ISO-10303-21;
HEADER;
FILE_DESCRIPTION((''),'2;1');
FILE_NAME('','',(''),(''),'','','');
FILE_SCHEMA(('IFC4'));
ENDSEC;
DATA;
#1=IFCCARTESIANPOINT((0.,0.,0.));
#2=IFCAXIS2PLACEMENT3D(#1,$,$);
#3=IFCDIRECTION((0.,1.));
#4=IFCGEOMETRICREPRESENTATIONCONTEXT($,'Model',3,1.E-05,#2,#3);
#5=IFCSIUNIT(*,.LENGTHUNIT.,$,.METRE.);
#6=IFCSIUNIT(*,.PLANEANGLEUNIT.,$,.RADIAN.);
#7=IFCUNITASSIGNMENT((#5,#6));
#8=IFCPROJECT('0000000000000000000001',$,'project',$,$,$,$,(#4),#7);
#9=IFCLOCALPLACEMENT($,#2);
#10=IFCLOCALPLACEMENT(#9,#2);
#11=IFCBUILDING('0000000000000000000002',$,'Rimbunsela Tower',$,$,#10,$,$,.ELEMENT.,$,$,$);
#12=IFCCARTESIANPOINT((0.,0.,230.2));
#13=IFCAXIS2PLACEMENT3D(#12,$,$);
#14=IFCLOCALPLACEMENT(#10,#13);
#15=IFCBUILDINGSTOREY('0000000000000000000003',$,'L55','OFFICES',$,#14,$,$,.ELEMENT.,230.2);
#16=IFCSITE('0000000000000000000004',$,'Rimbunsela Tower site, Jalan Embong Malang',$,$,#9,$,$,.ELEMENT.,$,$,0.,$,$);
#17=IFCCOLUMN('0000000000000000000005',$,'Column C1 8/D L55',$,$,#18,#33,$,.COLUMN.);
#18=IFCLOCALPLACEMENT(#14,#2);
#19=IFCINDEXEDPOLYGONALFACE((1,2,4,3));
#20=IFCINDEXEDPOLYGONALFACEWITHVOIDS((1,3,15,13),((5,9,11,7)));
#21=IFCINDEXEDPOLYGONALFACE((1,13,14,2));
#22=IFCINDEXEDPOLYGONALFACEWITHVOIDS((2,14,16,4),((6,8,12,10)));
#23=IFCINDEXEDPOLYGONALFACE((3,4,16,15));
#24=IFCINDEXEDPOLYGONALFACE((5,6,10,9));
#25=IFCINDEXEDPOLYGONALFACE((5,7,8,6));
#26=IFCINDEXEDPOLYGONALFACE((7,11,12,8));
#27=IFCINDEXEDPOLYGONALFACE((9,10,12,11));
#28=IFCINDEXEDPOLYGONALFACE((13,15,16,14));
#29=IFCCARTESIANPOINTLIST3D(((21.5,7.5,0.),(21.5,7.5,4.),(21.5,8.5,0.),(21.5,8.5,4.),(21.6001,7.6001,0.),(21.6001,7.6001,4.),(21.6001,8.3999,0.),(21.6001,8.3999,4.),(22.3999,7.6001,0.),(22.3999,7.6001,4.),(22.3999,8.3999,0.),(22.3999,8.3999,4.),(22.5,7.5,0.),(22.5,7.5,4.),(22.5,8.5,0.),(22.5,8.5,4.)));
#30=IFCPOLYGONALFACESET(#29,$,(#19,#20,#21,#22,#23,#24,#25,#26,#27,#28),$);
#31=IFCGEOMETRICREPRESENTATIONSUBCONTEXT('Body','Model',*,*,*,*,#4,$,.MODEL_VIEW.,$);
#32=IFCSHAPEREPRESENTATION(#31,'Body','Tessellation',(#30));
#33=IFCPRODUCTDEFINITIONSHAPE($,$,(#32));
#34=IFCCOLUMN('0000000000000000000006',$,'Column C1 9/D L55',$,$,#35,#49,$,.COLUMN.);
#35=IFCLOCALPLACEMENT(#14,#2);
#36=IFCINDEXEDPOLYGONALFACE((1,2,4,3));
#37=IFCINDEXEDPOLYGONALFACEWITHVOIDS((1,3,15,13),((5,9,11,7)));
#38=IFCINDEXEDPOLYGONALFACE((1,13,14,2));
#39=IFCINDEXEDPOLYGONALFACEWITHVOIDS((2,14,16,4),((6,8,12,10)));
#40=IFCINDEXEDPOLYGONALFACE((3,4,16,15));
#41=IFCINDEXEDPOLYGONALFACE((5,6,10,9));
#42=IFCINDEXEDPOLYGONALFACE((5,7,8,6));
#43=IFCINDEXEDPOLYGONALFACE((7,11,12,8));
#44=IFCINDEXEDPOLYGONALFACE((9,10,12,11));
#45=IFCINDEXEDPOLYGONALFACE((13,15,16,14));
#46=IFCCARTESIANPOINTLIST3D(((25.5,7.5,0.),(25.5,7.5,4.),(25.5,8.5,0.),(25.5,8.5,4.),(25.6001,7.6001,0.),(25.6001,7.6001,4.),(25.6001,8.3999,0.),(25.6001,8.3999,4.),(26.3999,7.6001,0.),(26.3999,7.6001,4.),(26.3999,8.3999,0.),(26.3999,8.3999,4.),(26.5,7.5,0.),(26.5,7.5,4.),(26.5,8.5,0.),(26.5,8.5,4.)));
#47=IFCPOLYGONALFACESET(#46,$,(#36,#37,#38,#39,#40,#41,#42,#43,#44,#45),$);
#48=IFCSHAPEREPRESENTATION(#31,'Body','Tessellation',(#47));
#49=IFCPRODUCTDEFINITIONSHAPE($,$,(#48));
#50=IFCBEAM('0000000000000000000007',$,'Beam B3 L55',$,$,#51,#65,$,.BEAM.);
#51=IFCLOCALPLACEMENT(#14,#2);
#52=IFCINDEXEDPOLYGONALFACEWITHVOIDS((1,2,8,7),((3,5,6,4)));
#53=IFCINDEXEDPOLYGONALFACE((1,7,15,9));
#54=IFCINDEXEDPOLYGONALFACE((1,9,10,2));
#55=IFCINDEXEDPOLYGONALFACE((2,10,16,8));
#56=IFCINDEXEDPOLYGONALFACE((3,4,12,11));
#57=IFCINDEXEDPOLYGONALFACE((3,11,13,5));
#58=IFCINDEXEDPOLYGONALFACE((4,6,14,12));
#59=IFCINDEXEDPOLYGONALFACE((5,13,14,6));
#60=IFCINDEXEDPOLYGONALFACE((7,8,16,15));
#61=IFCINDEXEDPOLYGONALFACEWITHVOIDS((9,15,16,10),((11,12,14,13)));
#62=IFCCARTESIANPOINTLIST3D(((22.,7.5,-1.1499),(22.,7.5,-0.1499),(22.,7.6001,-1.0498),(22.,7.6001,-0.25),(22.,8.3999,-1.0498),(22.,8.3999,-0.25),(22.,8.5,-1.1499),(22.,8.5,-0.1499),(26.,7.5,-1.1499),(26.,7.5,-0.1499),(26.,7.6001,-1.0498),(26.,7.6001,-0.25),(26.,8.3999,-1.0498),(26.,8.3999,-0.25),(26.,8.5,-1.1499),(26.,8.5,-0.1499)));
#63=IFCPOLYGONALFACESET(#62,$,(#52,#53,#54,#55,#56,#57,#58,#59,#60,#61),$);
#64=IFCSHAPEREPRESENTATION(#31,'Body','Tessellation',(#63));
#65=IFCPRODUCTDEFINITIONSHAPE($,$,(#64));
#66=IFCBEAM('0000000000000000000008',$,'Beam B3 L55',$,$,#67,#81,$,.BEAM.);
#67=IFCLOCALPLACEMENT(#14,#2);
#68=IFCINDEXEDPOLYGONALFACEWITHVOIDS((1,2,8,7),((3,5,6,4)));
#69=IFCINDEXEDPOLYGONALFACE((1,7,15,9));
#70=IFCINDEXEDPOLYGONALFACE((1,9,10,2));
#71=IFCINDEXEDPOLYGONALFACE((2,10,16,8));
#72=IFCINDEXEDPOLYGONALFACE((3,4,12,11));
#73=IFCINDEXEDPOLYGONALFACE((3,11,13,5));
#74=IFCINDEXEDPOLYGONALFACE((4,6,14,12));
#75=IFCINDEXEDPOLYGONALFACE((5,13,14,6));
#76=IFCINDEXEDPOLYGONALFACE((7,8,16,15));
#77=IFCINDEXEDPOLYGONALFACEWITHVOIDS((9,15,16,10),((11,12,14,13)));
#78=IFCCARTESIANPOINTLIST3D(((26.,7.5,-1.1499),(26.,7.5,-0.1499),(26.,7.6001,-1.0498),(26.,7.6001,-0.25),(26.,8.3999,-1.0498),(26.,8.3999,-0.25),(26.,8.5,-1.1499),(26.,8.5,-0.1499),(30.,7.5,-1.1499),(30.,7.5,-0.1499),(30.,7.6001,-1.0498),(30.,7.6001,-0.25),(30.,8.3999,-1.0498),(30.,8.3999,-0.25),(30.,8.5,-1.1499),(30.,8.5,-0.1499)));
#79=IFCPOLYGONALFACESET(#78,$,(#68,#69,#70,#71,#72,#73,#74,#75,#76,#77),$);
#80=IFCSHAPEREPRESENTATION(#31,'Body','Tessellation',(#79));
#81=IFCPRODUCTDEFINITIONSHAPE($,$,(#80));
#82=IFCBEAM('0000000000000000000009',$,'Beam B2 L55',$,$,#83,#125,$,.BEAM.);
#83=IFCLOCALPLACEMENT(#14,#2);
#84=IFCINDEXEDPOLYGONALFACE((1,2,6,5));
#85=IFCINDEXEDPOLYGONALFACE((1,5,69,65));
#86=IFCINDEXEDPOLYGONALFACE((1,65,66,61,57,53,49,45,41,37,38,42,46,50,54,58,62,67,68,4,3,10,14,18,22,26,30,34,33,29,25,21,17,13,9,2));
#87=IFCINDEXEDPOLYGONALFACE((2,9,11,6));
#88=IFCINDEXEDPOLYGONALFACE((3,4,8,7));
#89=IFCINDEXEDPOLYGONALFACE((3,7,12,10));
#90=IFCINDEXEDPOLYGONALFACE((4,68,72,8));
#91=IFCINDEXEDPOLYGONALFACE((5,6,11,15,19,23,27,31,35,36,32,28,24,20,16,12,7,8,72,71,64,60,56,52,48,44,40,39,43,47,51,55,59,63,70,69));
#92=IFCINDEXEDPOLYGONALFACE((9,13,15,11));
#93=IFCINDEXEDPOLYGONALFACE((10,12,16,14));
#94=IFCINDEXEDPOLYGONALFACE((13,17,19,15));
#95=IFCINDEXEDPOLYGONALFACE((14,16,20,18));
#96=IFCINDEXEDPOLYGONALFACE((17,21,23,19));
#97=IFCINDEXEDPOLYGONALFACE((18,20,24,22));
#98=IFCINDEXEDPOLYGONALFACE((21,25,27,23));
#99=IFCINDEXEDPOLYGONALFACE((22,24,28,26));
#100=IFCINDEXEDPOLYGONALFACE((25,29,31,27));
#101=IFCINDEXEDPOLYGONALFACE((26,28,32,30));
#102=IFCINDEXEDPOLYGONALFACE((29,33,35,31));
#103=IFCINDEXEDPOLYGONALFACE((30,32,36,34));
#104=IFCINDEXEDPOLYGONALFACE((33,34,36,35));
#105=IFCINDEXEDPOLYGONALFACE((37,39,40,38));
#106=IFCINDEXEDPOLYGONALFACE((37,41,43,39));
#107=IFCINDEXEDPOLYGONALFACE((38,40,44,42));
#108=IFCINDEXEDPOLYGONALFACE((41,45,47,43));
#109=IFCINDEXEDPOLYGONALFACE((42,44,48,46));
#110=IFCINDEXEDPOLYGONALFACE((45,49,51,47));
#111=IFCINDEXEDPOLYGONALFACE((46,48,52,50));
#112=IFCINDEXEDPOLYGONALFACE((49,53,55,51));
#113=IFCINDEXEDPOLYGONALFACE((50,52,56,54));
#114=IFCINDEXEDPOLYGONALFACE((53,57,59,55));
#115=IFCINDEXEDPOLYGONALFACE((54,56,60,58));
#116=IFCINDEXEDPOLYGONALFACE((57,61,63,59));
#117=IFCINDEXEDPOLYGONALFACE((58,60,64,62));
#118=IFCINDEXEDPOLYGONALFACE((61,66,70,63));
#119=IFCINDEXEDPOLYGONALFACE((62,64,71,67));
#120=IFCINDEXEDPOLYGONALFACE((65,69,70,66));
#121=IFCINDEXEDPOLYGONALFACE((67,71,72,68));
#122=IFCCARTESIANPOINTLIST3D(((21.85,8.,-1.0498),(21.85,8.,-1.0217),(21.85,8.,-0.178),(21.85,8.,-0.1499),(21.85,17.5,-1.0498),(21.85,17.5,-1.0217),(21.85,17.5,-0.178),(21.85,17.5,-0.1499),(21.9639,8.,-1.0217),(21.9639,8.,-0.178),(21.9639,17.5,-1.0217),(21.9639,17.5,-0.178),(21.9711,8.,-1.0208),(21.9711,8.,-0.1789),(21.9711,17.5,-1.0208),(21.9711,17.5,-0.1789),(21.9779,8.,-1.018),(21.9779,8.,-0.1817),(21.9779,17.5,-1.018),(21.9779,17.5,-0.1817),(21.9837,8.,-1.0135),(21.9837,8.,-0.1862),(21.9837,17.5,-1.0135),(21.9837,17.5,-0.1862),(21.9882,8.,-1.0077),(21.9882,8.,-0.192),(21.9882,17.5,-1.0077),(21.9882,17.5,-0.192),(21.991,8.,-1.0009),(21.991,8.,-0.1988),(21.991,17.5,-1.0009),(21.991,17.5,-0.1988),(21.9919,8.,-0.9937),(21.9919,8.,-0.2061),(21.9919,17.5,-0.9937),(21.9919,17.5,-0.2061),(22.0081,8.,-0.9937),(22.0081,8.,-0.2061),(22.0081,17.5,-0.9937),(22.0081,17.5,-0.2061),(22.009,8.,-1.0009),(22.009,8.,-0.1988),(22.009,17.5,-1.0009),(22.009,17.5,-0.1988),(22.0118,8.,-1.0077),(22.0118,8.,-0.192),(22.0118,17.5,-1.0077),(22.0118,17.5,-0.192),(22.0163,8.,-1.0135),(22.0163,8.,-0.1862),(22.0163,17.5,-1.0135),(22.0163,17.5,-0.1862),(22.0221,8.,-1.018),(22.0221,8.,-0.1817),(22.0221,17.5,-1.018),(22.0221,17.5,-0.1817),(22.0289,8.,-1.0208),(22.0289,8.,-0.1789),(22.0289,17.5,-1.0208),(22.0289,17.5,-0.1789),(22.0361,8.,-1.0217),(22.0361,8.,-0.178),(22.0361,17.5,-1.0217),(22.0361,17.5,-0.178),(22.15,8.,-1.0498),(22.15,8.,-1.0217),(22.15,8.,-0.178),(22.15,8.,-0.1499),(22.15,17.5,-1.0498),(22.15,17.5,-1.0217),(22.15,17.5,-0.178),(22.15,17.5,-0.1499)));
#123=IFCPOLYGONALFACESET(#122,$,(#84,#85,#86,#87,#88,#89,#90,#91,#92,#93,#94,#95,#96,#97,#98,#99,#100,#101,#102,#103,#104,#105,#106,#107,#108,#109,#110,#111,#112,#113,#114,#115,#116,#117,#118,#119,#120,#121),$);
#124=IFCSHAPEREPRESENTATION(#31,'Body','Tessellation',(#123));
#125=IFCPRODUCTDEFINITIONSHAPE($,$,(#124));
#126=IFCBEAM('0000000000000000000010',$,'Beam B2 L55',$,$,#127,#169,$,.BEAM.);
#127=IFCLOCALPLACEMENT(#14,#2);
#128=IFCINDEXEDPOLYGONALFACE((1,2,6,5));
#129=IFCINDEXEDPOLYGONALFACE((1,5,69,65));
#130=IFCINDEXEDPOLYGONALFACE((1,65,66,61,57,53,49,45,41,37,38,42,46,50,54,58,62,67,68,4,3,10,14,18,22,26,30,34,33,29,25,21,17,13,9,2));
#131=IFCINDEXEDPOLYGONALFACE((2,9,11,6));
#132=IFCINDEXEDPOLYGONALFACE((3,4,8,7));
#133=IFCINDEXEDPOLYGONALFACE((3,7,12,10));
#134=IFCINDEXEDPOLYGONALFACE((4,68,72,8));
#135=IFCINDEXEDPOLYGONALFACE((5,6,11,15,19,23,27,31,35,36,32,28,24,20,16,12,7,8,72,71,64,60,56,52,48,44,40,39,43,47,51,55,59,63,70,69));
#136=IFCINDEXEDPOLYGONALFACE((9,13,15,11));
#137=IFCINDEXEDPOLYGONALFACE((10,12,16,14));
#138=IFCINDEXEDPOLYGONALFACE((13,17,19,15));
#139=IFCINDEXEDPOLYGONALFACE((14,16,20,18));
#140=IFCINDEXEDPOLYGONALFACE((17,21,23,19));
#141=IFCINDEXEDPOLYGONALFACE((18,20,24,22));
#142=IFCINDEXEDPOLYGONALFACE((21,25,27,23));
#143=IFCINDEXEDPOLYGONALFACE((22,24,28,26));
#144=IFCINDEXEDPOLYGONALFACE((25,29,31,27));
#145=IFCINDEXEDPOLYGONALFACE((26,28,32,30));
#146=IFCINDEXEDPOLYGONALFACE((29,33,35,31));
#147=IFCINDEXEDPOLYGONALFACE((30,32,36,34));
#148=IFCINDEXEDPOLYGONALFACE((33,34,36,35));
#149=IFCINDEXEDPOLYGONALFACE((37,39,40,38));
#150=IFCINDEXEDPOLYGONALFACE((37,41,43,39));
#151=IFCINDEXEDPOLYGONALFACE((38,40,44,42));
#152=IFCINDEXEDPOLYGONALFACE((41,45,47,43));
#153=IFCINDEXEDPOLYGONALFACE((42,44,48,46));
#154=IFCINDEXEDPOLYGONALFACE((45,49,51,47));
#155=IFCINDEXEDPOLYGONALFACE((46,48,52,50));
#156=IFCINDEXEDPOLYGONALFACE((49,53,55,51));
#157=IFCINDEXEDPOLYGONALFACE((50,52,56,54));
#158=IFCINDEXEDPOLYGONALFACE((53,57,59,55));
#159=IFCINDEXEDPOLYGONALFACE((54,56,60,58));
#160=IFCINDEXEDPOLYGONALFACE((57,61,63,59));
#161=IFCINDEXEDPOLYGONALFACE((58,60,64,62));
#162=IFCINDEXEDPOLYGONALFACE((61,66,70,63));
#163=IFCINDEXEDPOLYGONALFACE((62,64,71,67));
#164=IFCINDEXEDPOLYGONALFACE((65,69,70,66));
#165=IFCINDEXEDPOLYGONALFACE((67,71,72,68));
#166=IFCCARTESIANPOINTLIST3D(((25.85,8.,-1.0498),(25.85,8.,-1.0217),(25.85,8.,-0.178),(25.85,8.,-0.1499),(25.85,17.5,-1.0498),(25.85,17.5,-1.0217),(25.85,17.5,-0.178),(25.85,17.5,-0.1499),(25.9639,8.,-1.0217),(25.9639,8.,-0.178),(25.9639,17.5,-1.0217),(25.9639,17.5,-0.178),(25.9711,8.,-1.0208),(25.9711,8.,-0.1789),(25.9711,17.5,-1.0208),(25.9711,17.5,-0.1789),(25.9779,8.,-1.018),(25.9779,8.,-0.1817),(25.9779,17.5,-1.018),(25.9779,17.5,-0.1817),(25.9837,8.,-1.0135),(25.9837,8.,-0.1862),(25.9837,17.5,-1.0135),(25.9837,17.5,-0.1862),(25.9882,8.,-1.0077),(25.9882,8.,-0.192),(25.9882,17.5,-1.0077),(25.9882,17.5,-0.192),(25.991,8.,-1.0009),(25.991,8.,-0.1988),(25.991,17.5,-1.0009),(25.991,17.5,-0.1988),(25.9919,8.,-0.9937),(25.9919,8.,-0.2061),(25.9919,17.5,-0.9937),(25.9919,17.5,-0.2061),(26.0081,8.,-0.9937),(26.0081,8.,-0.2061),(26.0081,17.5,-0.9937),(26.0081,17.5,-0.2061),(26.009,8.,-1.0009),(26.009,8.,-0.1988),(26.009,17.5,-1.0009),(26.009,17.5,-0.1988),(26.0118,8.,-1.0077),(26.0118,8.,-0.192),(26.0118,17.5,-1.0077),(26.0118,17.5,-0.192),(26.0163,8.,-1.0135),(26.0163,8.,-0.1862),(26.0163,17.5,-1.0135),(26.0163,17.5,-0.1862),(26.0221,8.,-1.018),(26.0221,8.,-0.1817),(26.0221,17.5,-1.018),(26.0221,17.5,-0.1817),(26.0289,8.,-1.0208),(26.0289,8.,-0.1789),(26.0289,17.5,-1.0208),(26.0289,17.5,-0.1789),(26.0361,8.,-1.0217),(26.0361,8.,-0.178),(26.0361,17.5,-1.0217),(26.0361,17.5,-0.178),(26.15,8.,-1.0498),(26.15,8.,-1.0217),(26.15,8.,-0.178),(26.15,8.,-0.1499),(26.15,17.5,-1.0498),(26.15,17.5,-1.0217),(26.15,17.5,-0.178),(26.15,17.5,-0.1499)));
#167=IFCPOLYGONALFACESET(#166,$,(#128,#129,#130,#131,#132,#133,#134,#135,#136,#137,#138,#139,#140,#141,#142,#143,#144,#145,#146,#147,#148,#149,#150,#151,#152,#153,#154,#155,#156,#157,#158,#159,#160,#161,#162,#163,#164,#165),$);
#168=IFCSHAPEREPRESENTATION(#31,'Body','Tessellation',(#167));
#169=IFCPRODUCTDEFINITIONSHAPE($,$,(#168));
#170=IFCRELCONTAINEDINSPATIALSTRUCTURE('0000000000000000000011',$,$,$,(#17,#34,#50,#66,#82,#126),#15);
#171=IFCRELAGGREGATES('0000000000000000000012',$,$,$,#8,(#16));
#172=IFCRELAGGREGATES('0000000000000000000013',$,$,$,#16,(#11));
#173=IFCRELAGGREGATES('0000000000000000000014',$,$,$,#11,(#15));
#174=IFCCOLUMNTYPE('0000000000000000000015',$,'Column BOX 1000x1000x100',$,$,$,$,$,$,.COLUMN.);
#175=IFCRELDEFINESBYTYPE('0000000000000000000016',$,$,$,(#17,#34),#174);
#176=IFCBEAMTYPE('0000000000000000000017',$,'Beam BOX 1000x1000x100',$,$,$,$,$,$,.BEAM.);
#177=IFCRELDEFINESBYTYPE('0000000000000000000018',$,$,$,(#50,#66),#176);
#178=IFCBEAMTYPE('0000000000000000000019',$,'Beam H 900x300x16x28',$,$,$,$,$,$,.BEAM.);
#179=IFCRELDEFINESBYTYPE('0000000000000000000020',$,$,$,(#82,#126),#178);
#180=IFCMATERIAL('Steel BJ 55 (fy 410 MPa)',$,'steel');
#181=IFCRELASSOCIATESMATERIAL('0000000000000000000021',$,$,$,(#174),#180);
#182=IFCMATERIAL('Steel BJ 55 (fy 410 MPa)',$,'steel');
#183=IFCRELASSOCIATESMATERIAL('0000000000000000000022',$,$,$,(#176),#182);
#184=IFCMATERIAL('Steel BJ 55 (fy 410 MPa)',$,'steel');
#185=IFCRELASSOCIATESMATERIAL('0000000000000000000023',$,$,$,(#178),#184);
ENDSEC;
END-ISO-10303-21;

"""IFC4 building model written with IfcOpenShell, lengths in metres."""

from ifc_helpers import new_model, si_unit, direction, frame, origin, origin_2d, place, context, subcontext, project, spatial, hollow_rectangle, i_section, extrude, material, material_profile, profile_set, type_object, element, save


model = new_model("IFC4")

# Units and contexts
model_context = context("Model", 3, precision=1e-05, world=origin(), true_north=direction((0.0, 1.0)))
body_context = subcontext(model_context, "Body", "Model", "MODEL_VIEW")
ifc_project = project(units=[si_unit("LENGTHUNIT", "METRE"), si_unit("PLANEANGLEUNIT", "RADIAN")], contexts=[model_context])

# Site, building, storey
site_placement = place(None, origin())
site = spatial("IfcSite", under=ifc_project, at=site_placement, Name="Rimbunsela Tower site, Jalan Embong Malang", CompositionType="ELEMENT", RefElevation=0.0)
building_placement = place(site_placement, origin())
building = spatial("IfcBuilding", under=site, at=building_placement, Name="Rimbunsela Tower", CompositionType="ELEMENT")
storey_placement = place(building_placement, frame((0.0, 0.0, 230.2)))
storey = spatial("IfcBuildingStorey", under=building, at=storey_placement, Name="L55", Description="OFFICES", CompositionType="ELEMENT", Elevation=230.2)

# Columns
ifc_material_1 = material(Name="Steel BJ 55 (fy 410 MPa)", Category="steel")
ifc_material_profile_1 = material_profile(ifc_material_1, hollow_rectangle(XDim=1.0, YDim=1.0, WallThickness=0.1001, at=origin_2d()), Name="BOX 1000x1000x100")
ifc_profile_set_1 = profile_set([ifc_material_profile_1], Name="Steel BJ 55 (fy 410 MPa)")
column_type = type_object("IfcColumnType", Name="Column BOX 1000x1000x100", PredefinedType="COLUMN", material=ifc_profile_set_1)
for number, where, z_axis, x_axis, name in (
    (1, (22.0, 8.0, 0.0), (0.0, 0.0, 1.0), (1.0, 0.0, 0.0), "Column C1 8/D L55"),
    (2, (26.0, 8.0, 0.0), (0.0, 0.0, 1.0), (1.0, 0.0, 0.0), "Column C1 9/D L55"),
):
    element("IfcColumn", number, at=place(storey_placement, frame(where, z_axis=z_axis, x_axis=x_axis)), inside=storey, type_object=column_type, Name=name, PredefinedType="COLUMN", context=body_context, shape_type="SweptSolid", body=[
        extrude(hollow_rectangle(XDim=1.0, YDim=1.0, WallThickness=0.1001, at=origin_2d()), origin(), (0.0, 0.0, 1.0), 4.0),
    ])

# Beams
ifc_material_2 = material(Name="Steel BJ 55 (fy 410 MPa)", Category="steel")
ifc_material_profile_2 = material_profile(ifc_material_2, hollow_rectangle(XDim=1.0, YDim=1.0, WallThickness=0.1001, at=origin_2d()), Name="BOX 1000x1000x100")
ifc_profile_set_2 = profile_set([ifc_material_profile_2], Name="Steel BJ 55 (fy 410 MPa)")
beam_type_1 = type_object("IfcBeamType", Name="Beam BOX 1000x1000x100", PredefinedType="BEAM", material=ifc_profile_set_2)
for number, where, z_axis, x_axis, name in (
    (3, (22.0, 8.0, -0.6499), (1.0, 0.0, 0.0), (0.0, 1.0, 0.0), "Beam B3 L55"),
    (4, (26.0, 8.0, -0.6499), (1.0, 0.0, 0.0), (0.0, 1.0, 0.0), "Beam B3 L55"),
):
    element("IfcBeam", number, at=place(storey_placement, frame(where, z_axis=z_axis, x_axis=x_axis)), inside=storey, type_object=beam_type_1, Name=name, PredefinedType="BEAM", context=body_context, shape_type="SweptSolid", body=[
        extrude(hollow_rectangle(XDim=1.0, YDim=1.0, WallThickness=0.1001, at=origin_2d()), origin(), (0.0, 0.0, 1.0), 4.0),
    ])
ifc_material_3 = material(Name="Steel BJ 55 (fy 410 MPa)", Category="steel")
ifc_material_profile_3 = material_profile(ifc_material_3, i_section(OverallWidth=0.3, OverallDepth=0.8999, WebThickness=0.0161, FlangeThickness=0.0281, FilletRadius=0.0281, at=origin_2d()), Name="H 900x300x16x28")
ifc_profile_set_3 = profile_set([ifc_material_profile_3], Name="Steel BJ 55 (fy 410 MPa)")
beam_type_2 = type_object("IfcBeamType", Name="Beam H 900x300x16x28", PredefinedType="BEAM", material=ifc_profile_set_3)
for number, where, z_axis, x_axis, name in (
    (5, (22.0, 8.0, -0.5999), (0.0, 1.0, 0.0), (-1.0, 0.0, 0.0), "Beam B2 L55"),
    (6, (26.0, 8.0, -0.5999), (0.0, 1.0, 0.0), (-1.0, 0.0, 0.0), "Beam B2 L55"),
):
    element("IfcBeam", number, at=place(storey_placement, frame(where, z_axis=z_axis, x_axis=x_axis)), inside=storey, type_object=beam_type_2, Name=name, PredefinedType="BEAM", context=body_context, shape_type="SweptSolid", body=[
        extrude(i_section(OverallWidth=0.3, OverallDepth=0.8999, WebThickness=0.0161, FlangeThickness=0.0281, FilletRadius=0.0281, at=origin_2d()), origin(), (0.0, 0.0, 1.0), 9.5),
    ])

save(model, "model.ifc")
